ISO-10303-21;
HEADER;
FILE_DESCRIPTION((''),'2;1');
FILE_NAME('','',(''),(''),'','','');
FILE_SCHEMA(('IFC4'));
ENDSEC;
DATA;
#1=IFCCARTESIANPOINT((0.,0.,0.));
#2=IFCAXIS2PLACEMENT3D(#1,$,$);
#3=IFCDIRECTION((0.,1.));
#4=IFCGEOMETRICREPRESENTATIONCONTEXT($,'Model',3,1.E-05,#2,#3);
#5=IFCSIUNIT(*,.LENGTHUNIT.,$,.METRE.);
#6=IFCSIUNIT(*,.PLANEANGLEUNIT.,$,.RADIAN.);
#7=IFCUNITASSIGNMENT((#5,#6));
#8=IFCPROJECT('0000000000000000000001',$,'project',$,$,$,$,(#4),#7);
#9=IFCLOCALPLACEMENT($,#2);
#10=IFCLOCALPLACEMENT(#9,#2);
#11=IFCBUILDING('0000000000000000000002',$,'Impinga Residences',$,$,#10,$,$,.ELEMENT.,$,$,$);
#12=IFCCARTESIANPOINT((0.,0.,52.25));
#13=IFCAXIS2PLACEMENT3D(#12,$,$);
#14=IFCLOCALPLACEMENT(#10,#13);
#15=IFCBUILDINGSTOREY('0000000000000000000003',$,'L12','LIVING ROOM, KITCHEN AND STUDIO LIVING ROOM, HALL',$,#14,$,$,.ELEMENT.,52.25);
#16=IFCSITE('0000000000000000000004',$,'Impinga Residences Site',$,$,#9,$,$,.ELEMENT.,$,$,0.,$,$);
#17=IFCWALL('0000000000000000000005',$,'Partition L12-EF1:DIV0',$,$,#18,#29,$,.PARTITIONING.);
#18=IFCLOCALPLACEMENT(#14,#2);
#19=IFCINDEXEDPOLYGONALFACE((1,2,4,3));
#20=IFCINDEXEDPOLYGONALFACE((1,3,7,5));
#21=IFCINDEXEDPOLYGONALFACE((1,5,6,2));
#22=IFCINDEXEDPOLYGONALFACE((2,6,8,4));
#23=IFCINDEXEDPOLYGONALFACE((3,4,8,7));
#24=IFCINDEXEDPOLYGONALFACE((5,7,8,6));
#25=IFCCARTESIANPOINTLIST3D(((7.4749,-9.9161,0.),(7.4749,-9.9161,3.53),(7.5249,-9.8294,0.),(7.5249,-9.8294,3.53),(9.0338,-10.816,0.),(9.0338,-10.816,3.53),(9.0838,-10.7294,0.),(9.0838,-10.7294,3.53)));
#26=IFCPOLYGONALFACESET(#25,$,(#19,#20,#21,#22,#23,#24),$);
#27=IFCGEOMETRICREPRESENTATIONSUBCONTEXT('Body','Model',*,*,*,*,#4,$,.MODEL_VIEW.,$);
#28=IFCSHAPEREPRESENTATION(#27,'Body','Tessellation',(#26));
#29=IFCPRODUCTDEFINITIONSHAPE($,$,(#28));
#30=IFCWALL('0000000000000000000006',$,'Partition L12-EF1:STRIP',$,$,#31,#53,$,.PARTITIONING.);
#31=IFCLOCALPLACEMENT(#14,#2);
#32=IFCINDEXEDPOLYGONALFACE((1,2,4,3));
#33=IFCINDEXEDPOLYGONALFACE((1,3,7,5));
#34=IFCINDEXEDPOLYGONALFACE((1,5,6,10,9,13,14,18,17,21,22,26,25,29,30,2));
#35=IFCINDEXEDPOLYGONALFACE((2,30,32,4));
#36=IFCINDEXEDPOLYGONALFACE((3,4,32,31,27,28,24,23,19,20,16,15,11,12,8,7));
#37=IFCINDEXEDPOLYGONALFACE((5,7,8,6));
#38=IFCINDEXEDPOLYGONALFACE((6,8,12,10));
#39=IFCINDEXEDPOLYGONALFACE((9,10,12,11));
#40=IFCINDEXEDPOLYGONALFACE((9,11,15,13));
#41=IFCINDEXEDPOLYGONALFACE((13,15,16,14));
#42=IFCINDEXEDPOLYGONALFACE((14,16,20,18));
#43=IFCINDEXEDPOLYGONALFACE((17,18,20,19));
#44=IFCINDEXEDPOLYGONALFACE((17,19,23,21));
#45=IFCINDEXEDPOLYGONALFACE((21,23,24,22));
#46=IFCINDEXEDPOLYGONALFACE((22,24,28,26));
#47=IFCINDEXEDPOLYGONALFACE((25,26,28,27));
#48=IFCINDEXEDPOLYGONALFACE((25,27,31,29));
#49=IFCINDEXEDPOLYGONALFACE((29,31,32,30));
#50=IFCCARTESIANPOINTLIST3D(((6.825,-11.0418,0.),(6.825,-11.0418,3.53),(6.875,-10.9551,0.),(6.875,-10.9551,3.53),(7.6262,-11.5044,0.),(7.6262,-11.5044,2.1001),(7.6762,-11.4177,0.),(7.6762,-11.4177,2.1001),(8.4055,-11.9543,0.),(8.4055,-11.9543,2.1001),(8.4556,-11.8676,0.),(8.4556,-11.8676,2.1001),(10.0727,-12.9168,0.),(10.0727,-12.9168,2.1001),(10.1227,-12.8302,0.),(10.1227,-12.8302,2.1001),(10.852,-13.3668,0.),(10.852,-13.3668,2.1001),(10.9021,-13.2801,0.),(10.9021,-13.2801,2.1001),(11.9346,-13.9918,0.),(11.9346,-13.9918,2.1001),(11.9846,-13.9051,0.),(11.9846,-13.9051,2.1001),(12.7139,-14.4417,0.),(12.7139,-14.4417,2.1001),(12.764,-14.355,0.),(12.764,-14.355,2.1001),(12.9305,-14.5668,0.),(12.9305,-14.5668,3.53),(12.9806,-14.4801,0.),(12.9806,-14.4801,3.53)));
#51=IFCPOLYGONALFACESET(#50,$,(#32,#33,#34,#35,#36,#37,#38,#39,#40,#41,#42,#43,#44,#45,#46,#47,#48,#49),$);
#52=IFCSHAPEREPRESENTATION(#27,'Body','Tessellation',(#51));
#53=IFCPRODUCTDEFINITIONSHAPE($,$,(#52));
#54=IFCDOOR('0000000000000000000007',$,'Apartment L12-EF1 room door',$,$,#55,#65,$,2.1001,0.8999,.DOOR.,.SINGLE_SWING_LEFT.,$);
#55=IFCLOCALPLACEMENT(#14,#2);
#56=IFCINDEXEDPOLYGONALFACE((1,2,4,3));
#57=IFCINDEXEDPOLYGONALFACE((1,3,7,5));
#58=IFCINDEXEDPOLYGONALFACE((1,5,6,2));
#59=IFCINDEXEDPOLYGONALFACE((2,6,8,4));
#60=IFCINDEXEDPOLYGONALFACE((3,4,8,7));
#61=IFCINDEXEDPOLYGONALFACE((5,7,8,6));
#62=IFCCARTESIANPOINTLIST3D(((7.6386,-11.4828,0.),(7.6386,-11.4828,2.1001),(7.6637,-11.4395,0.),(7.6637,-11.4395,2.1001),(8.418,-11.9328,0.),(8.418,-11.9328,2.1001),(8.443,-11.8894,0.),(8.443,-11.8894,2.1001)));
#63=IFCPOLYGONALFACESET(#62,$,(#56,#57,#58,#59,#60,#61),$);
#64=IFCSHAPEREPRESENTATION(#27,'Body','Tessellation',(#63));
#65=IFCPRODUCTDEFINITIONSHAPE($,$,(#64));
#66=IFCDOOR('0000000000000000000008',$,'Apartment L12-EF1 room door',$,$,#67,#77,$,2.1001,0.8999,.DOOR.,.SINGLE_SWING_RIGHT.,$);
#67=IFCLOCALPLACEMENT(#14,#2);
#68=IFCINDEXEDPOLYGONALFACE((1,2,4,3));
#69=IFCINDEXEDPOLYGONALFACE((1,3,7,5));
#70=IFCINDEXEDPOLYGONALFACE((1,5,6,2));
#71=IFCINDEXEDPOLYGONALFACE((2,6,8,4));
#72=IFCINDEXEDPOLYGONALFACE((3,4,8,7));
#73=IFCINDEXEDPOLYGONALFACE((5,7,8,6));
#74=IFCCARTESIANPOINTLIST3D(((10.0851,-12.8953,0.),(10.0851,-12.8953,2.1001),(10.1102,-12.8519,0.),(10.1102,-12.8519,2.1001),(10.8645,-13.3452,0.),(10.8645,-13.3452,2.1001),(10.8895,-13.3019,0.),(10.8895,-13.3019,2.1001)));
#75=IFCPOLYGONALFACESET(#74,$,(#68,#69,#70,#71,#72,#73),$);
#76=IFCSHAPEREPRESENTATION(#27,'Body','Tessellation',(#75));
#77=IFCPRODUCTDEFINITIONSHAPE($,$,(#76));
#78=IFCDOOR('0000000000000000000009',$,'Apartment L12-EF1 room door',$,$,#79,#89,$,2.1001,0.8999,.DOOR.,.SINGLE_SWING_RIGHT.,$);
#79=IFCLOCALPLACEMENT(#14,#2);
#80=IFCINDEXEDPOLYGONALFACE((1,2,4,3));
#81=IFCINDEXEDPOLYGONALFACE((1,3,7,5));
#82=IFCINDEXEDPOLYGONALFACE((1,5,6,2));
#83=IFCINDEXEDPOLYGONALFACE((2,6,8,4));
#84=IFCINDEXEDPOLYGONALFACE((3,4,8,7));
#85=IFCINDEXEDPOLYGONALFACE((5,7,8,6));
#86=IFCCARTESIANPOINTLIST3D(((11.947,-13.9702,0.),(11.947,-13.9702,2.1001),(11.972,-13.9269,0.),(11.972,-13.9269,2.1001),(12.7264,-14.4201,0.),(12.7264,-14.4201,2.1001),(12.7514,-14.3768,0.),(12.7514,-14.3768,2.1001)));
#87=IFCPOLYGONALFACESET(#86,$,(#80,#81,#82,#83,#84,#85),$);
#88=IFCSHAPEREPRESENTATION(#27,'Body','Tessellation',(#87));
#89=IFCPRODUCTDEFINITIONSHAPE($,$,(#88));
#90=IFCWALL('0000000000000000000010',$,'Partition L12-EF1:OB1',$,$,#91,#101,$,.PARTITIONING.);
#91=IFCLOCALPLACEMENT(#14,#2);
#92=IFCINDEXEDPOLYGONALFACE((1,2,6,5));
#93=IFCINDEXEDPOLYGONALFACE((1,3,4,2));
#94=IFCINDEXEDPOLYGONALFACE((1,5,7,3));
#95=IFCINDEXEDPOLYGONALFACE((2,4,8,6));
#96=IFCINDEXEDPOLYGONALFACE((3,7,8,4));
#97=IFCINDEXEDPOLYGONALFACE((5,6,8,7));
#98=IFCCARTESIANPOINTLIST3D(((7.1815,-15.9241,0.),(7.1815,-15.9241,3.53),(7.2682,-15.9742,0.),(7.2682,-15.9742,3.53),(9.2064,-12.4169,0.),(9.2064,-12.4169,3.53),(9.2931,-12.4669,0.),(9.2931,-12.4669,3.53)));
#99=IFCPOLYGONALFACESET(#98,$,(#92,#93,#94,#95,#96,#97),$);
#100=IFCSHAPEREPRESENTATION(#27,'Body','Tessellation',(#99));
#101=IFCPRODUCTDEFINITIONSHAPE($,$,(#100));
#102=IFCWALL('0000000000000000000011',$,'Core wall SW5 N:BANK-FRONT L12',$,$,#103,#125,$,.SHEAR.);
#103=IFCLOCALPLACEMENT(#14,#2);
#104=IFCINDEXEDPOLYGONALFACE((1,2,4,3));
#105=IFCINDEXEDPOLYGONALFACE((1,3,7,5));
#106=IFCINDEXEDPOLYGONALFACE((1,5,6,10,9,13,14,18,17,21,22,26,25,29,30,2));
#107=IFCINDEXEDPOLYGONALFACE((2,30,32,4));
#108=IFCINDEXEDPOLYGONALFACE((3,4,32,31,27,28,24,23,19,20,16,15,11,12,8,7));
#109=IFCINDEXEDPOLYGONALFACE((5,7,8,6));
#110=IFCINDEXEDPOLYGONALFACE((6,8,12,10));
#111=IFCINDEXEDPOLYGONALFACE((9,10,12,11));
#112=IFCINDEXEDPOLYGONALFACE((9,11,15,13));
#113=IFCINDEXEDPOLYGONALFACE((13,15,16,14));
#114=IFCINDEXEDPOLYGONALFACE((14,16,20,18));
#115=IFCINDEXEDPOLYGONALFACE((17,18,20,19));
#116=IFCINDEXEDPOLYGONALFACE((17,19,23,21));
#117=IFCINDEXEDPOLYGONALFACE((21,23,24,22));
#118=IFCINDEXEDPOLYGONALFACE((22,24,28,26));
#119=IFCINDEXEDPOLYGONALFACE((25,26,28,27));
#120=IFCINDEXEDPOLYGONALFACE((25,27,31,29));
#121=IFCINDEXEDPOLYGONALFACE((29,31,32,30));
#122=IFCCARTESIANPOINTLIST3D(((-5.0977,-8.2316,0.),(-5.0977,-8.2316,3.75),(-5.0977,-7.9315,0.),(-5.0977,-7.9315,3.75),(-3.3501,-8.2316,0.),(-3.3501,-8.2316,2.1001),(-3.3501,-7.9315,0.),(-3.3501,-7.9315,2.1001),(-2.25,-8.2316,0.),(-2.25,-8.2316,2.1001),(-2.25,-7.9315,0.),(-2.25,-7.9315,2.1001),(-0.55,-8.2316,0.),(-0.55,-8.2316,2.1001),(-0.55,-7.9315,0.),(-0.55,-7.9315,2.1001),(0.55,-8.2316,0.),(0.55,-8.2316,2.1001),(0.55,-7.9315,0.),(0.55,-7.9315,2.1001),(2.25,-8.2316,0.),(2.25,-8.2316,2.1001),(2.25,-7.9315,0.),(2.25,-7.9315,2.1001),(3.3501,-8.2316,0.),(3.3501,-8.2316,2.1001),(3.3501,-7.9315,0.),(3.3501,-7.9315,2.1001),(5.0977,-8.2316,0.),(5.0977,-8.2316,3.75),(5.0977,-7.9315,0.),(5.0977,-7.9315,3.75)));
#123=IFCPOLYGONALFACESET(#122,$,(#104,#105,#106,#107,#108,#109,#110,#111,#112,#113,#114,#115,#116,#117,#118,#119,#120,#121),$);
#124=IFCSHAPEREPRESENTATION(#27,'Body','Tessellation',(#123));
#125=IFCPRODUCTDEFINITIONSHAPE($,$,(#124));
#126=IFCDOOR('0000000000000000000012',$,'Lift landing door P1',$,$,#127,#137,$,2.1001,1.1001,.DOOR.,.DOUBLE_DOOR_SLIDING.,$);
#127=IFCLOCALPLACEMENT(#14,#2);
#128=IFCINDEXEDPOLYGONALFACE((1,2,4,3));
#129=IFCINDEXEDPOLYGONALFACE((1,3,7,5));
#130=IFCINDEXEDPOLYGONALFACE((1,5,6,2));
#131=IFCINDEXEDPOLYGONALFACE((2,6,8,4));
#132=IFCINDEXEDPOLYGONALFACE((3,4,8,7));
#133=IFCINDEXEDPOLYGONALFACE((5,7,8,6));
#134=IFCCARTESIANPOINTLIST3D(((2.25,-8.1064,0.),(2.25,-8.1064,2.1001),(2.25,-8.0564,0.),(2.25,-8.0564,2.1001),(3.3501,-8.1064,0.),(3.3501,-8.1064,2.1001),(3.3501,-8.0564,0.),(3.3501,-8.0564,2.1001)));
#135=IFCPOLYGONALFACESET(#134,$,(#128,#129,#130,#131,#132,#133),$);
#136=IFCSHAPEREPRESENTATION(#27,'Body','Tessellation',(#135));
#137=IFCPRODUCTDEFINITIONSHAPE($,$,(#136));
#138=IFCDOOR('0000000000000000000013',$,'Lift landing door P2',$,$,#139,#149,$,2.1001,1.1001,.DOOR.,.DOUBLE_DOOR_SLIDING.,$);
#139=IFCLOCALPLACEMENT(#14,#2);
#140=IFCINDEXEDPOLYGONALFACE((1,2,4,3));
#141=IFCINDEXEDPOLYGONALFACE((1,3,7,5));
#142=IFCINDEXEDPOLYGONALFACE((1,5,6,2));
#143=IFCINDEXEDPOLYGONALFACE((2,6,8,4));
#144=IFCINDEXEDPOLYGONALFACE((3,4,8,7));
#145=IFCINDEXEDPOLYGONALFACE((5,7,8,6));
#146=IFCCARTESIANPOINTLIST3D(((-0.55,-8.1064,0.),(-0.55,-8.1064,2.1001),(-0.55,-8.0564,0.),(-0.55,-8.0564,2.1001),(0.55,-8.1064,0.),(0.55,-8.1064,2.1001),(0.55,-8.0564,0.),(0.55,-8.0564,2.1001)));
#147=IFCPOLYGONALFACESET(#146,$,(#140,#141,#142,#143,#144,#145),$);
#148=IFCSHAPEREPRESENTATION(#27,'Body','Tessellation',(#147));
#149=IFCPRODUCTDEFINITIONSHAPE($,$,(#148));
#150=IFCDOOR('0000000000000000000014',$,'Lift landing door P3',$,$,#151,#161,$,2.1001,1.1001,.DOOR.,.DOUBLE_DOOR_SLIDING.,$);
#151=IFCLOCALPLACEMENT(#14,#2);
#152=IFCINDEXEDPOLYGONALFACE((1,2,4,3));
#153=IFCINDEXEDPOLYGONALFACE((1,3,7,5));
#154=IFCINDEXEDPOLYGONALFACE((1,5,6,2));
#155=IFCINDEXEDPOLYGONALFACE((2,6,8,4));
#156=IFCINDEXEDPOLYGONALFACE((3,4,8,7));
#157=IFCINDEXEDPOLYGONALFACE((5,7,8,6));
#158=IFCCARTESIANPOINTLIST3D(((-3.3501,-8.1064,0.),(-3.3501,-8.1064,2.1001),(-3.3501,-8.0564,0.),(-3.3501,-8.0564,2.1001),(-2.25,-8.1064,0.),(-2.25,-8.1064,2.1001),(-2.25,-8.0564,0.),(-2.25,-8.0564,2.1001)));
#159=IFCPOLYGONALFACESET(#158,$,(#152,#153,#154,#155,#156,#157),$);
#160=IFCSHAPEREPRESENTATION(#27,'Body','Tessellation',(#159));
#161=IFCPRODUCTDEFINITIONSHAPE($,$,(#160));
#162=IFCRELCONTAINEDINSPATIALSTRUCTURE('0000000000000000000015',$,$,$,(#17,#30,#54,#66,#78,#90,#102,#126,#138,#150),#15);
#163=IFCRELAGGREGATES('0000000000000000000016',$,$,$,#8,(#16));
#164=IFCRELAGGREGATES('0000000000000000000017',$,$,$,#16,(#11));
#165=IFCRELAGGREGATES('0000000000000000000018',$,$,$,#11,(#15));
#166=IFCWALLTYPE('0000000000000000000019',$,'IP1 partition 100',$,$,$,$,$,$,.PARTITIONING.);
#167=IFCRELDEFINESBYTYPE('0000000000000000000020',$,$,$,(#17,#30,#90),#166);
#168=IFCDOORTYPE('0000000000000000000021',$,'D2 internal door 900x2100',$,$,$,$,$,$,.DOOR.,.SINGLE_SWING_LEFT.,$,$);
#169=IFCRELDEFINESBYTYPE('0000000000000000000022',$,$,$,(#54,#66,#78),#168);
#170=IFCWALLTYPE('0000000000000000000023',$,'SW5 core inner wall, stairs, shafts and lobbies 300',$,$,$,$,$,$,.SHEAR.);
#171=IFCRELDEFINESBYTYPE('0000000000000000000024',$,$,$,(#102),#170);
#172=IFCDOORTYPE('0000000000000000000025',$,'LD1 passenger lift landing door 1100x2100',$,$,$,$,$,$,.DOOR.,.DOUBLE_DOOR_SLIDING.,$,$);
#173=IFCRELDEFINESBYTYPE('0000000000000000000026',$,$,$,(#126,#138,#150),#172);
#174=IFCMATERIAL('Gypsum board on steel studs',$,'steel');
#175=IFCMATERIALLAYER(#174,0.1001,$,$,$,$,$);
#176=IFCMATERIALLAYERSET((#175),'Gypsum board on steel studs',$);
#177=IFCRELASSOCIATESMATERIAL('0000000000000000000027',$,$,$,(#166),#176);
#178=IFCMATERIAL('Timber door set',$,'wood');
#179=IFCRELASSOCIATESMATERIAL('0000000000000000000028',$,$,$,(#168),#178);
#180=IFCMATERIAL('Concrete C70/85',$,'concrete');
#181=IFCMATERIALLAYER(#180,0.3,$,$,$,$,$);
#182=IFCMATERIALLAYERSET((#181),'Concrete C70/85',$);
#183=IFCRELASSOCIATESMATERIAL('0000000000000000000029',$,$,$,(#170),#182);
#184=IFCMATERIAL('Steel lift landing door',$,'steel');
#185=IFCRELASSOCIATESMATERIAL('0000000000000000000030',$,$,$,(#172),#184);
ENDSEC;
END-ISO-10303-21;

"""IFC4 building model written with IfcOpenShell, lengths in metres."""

from ifc_helpers import new_model, si_unit, direction, frame, frame_2d, origin, place, context, subcontext, project, spatial, rectangle, extrude, material, layer, layer_set, type_object, element, fill, save


model = new_model("IFC4")

# Units and contexts
model_context = context("Model", 3, precision=1e-05, world=origin(), true_north=direction((0.0, 1.0)))
body_context = subcontext(model_context, "Body", "Model", "MODEL_VIEW")
ifc_project = project(units=[si_unit("LENGTHUNIT", "METRE"), si_unit("PLANEANGLEUNIT", "RADIAN")], contexts=[model_context])

# Site, building, storey
site_placement = place(None, origin())
site = spatial("IfcSite", under=ifc_project, at=site_placement, Name="Impinga Residences Site", CompositionType="ELEMENT", RefElevation=0.0)
building_placement = place(site_placement, origin())
building = spatial("IfcBuilding", under=site, at=building_placement, Name="Impinga Residences", CompositionType="ELEMENT")
storey_placement = place(building_placement, frame((0.0, 0.0, 52.25)))
storey = spatial("IfcBuildingStorey", under=building, at=storey_placement, Name="L12", Description="LIVING ROOM, KITCHEN AND STUDIO LIVING ROOM, HALL", CompositionType="ELEMENT", Elevation=52.25)

# Shared definitions
ifc_material_1 = material(Name="Concrete C70/85", Category="concrete")

# Shared definitions
ifc_material_2 = material(Name="Timber door set", Category="wood")

# Wall
ifc_material_3 = material(Name="Gypsum board on steel studs", Category="steel")
ifc_layer_1 = layer(ifc_material_3, 0.1001)
ifc_layer_set_1 = layer_set([ifc_layer_1], Name="Gypsum board on steel studs")
wall_type_1 = type_object("IfcWallType", Name="IP1 partition 100", PredefinedType="PARTITIONING", material=ifc_layer_set_1)
wall_1_placement = place(storey_placement, frame((7.5, -9.8728, 0.0), z_axis=(0.0, 0.0, 1.0), x_axis=(0.866048, -0.499961, 0.0)))
element("IfcWall", 1, at=wall_1_placement, inside=storey, type_object=wall_type_1, Name="Partition L12-EF1:DIV0", PredefinedType="PARTITIONING", context=body_context, shape_type="SweptSolid", body=[
    extrude(rectangle(XDim=1.8, YDim=0.1001, at=frame_2d((0.8999, 0.0))), origin(), (0.0, 0.0, 1.0), 3.53),
])

# Wall, openings, doors
wall_2_placement = place(storey_placement, frame((6.8501, -10.9985, 0.0), z_axis=(0.0, 0.0, 1.0), x_axis=(0.866031, -0.49999, 0.0)))
wall_2 = element("IfcWall", 2, at=wall_2_placement, inside=storey, type_object=wall_type_1, Name="Partition L12-EF1:STRIP", PredefinedType="PARTITIONING", context=body_context, shape_type="SweptSolid", body=[
    extrude(rectangle(XDim=7.05, YDim=0.1001, at=frame_2d((3.5249, 0.0))), origin(), (0.0, 0.0, 1.0), 3.53),
])
opening_1_placement = place(wall_2_placement, frame((0.925, 0.0, 0.0)))
opening_1 = element("IfcOpeningElement", 3, at=opening_1_placement, cuts=wall_2, PredefinedType="OPENING", context=body_context, shape_type="SweptSolid", body=[
    extrude(rectangle(XDim=0.8999, YDim=2.1001, at=frame_2d((0.45, 1.05))), frame((0.0, 0.0601, 0.0), z_axis=(0.0, -1.0, 0.0), x_axis=(1.0, 0.0, 0.0)), (0.0, 0.0, 1.0), 0.1201),
])
opening_2_placement = place(wall_2_placement, frame((3.75, 0.0, 0.0)))
opening_2 = element("IfcOpeningElement", 4, at=opening_2_placement, cuts=wall_2, PredefinedType="OPENING", context=body_context, shape_type="SweptSolid", body=[
    extrude(rectangle(XDim=0.8999, YDim=2.1001, at=frame_2d((0.45, 1.05))), frame((0.0, 0.0601, 0.0), z_axis=(0.0, -1.0, 0.0), x_axis=(1.0, 0.0, 0.0)), (0.0, 0.0, 1.0), 0.1201),
])
opening_3_placement = place(wall_2_placement, frame((5.8999, 0.0, 0.0)))
opening_3 = element("IfcOpeningElement", 5, at=opening_3_placement, cuts=wall_2, PredefinedType="OPENING", context=body_context, shape_type="SweptSolid", body=[
    extrude(rectangle(XDim=0.8999, YDim=2.1001, at=frame_2d((0.45, 1.05))), frame((0.0, 0.0601, 0.0), z_axis=(0.0, -1.0, 0.0), x_axis=(1.0, 0.0, 0.0)), (0.0, 0.0, 1.0), 0.1201),
])
door_type_1 = type_object("IfcDoorType", Name="D2 internal door 900x2100", OperationType="SINGLE_SWING_LEFT", PredefinedType="DOOR", material=ifc_material_2)
door_1_placement = place(opening_1_placement, origin())
door_1 = element("IfcDoor", 6, at=door_1_placement, inside=storey, type_object=door_type_1, Name="Apartment L12-EF1 room door", OperationType="SINGLE_SWING_LEFT", OverallHeight=2.1001, OverallWidth=0.8999, PredefinedType="DOOR", context=body_context, shape_type="SweptSolid", body=[
    extrude(rectangle(XDim=0.8999, YDim=2.1001, at=frame_2d((0.45, 1.05))), frame((0.0, 0.0249, 0.0), z_axis=(0.0, -1.0, 0.0), x_axis=(1.0, 0.0, 0.0)), (0.0, 0.0, 1.0), 0.05),
])
fill(opening_1, door_1)
door_2_placement = place(opening_2_placement, origin())
door_2 = element("IfcDoor", 7, at=door_2_placement, inside=storey, type_object=door_type_1, Name="Apartment L12-EF1 room door", OperationType="SINGLE_SWING_RIGHT", OverallHeight=2.1001, OverallWidth=0.8999, PredefinedType="DOOR", context=body_context, shape_type="SweptSolid", body=[
    extrude(rectangle(XDim=0.8999, YDim=2.1001, at=frame_2d((0.45, 1.05))), frame((0.0, 0.0249, 0.0), z_axis=(0.0, -1.0, 0.0), x_axis=(1.0, 0.0, 0.0)), (0.0, 0.0, 1.0), 0.05),
])
fill(opening_2, door_2)
door_3_placement = place(opening_3_placement, origin())
door_3 = element("IfcDoor", 8, at=door_3_placement, inside=storey, type_object=door_type_1, Name="Apartment L12-EF1 room door", OperationType="SINGLE_SWING_RIGHT", OverallHeight=2.1001, OverallWidth=0.8999, PredefinedType="DOOR", context=body_context, shape_type="SweptSolid", body=[
    extrude(rectangle(XDim=0.8999, YDim=2.1001, at=frame_2d((0.45, 1.05))), frame((0.0, 0.0249, 0.0), z_axis=(0.0, -1.0, 0.0), x_axis=(1.0, 0.0, 0.0)), (0.0, 0.0, 1.0), 0.05),
])
fill(opening_3, door_3)

# Wall
wall_3_placement = place(storey_placement, frame((9.2498, -12.4419, 0.0), z_axis=(0.0, 0.0, 1.0), x_axis=(-0.49999, -0.866031, 0.0)))
element("IfcWall", 9, at=wall_3_placement, inside=storey, type_object=wall_type_1, Name="Partition L12-EF1:OB1", PredefinedType="PARTITIONING", context=body_context, shape_type="SweptSolid", body=[
    extrude(rectangle(XDim=4.0498, YDim=0.1001, at=frame_2d((2.0249, 0.0))), origin(), (0.0, 0.0, 1.0), 3.53),
])

# Wall, openings, doors
ifc_layer_2 = layer(ifc_material_1, 0.3)
ifc_layer_set_2 = layer_set([ifc_layer_2], Name="Concrete C70/85")
wall_type_2 = type_object("IfcWallType", Name="SW5 core inner wall, stairs, shafts and lobbies 300", PredefinedType="SHEAR", material=ifc_layer_set_2)
wall_4_placement = place(storey_placement, frame((5.0977, -8.0815, 0.0), z_axis=(0.0, 0.0, 1.0), x_axis=(-1.0, 0.0, 0.0)))
wall_4 = element("IfcWall", 10, at=wall_4_placement, inside=storey, type_object=wall_type_2, Name="Core wall SW5 N:BANK-FRONT L12", PredefinedType="SHEAR", context=body_context, shape_type="SweptSolid", body=[
    extrude(rectangle(XDim=10.1953, YDim=0.3, at=frame_2d((5.0977, 0.0))), origin(), (0.0, 0.0, 1.0), 3.75),
])
opening_4_placement = place(wall_4_placement, frame((1.7476, 0.0, 0.0)))
opening_4 = element("IfcOpeningElement", 11, at=opening_4_placement, cuts=wall_4, PredefinedType="OPENING", context=body_context, shape_type="SweptSolid", body=[
    extrude(rectangle(XDim=1.1001, YDim=2.1001, at=frame_2d((0.55, 1.05))), frame((0.0, 0.1599, 0.0), z_axis=(0.0, -1.0, 0.0), x_axis=(1.0, 0.0, 0.0)), (0.0, 0.0, 1.0), 0.3201),
])
opening_5_placement = place(wall_4_placement, frame((4.5476, 0.0, 0.0)))
opening_5 = element("IfcOpeningElement", 12, at=opening_5_placement, cuts=wall_4, PredefinedType="OPENING", context=body_context, shape_type="SweptSolid", body=[
    extrude(rectangle(XDim=1.1001, YDim=2.1001, at=frame_2d((0.55, 1.05))), frame((0.0, 0.1599, 0.0), z_axis=(0.0, -1.0, 0.0), x_axis=(1.0, 0.0, 0.0)), (0.0, 0.0, 1.0), 0.3201),
])
opening_6_placement = place(wall_4_placement, frame((7.3477, 0.0, 0.0)))
opening_6 = element("IfcOpeningElement", 13, at=opening_6_placement, cuts=wall_4, PredefinedType="OPENING", context=body_context, shape_type="SweptSolid", body=[
    extrude(rectangle(XDim=1.1001, YDim=2.1001, at=frame_2d((0.55, 1.05))), frame((0.0, 0.1599, 0.0), z_axis=(0.0, -1.0, 0.0), x_axis=(1.0, 0.0, 0.0)), (0.0, 0.0, 1.0), 0.3201),
])
ifc_material_4 = material(Name="Steel lift landing door", Category="steel")
door_type_2 = type_object("IfcDoorType", Name="LD1 passenger lift landing door 1100x2100", OperationType="DOUBLE_DOOR_SLIDING", PredefinedType="DOOR", material=ifc_material_4)
door_4_placement = place(opening_4_placement, origin())
door_4 = element("IfcDoor", 14, at=door_4_placement, inside=storey, type_object=door_type_2, Name="Lift landing door P1", OperationType="DOUBLE_DOOR_SLIDING", OverallHeight=2.1001, OverallWidth=1.1001, PredefinedType="DOOR", context=body_context, shape_type="SweptSolid", body=[
    extrude(rectangle(XDim=1.1001, YDim=2.1001, at=frame_2d((0.55, 1.05))), frame((0.0, 0.0249, 0.0), z_axis=(0.0, -1.0, 0.0), x_axis=(1.0, 0.0, 0.0)), (0.0, 0.0, 1.0), 0.05),
])
fill(opening_4, door_4)
door_5_placement = place(opening_5_placement, origin())
door_5 = element("IfcDoor", 15, at=door_5_placement, inside=storey, type_object=door_type_2, Name="Lift landing door P2", OperationType="DOUBLE_DOOR_SLIDING", OverallHeight=2.1001, OverallWidth=1.1001, PredefinedType="DOOR", context=body_context, shape_type="SweptSolid", body=[
    extrude(rectangle(XDim=1.1001, YDim=2.1001, at=frame_2d((0.55, 1.05))), frame((0.0, 0.0249, 0.0), z_axis=(0.0, -1.0, 0.0), x_axis=(1.0, 0.0, 0.0)), (0.0, 0.0, 1.0), 0.05),
])
fill(opening_5, door_5)
door_6_placement = place(opening_6_placement, origin())
door_6 = element("IfcDoor", 16, at=door_6_placement, inside=storey, type_object=door_type_2, Name="Lift landing door P3", OperationType="DOUBLE_DOOR_SLIDING", OverallHeight=2.1001, OverallWidth=1.1001, PredefinedType="DOOR", context=body_context, shape_type="SweptSolid", body=[
    extrude(rectangle(XDim=1.1001, YDim=2.1001, at=frame_2d((0.55, 1.05))), frame((0.0, 0.0249, 0.0), z_axis=(0.0, -1.0, 0.0), x_axis=(1.0, 0.0, 0.0)), (0.0, 0.0, 1.0), 0.05),
])
fill(opening_6, door_6)

save(model, "model.ifc")
